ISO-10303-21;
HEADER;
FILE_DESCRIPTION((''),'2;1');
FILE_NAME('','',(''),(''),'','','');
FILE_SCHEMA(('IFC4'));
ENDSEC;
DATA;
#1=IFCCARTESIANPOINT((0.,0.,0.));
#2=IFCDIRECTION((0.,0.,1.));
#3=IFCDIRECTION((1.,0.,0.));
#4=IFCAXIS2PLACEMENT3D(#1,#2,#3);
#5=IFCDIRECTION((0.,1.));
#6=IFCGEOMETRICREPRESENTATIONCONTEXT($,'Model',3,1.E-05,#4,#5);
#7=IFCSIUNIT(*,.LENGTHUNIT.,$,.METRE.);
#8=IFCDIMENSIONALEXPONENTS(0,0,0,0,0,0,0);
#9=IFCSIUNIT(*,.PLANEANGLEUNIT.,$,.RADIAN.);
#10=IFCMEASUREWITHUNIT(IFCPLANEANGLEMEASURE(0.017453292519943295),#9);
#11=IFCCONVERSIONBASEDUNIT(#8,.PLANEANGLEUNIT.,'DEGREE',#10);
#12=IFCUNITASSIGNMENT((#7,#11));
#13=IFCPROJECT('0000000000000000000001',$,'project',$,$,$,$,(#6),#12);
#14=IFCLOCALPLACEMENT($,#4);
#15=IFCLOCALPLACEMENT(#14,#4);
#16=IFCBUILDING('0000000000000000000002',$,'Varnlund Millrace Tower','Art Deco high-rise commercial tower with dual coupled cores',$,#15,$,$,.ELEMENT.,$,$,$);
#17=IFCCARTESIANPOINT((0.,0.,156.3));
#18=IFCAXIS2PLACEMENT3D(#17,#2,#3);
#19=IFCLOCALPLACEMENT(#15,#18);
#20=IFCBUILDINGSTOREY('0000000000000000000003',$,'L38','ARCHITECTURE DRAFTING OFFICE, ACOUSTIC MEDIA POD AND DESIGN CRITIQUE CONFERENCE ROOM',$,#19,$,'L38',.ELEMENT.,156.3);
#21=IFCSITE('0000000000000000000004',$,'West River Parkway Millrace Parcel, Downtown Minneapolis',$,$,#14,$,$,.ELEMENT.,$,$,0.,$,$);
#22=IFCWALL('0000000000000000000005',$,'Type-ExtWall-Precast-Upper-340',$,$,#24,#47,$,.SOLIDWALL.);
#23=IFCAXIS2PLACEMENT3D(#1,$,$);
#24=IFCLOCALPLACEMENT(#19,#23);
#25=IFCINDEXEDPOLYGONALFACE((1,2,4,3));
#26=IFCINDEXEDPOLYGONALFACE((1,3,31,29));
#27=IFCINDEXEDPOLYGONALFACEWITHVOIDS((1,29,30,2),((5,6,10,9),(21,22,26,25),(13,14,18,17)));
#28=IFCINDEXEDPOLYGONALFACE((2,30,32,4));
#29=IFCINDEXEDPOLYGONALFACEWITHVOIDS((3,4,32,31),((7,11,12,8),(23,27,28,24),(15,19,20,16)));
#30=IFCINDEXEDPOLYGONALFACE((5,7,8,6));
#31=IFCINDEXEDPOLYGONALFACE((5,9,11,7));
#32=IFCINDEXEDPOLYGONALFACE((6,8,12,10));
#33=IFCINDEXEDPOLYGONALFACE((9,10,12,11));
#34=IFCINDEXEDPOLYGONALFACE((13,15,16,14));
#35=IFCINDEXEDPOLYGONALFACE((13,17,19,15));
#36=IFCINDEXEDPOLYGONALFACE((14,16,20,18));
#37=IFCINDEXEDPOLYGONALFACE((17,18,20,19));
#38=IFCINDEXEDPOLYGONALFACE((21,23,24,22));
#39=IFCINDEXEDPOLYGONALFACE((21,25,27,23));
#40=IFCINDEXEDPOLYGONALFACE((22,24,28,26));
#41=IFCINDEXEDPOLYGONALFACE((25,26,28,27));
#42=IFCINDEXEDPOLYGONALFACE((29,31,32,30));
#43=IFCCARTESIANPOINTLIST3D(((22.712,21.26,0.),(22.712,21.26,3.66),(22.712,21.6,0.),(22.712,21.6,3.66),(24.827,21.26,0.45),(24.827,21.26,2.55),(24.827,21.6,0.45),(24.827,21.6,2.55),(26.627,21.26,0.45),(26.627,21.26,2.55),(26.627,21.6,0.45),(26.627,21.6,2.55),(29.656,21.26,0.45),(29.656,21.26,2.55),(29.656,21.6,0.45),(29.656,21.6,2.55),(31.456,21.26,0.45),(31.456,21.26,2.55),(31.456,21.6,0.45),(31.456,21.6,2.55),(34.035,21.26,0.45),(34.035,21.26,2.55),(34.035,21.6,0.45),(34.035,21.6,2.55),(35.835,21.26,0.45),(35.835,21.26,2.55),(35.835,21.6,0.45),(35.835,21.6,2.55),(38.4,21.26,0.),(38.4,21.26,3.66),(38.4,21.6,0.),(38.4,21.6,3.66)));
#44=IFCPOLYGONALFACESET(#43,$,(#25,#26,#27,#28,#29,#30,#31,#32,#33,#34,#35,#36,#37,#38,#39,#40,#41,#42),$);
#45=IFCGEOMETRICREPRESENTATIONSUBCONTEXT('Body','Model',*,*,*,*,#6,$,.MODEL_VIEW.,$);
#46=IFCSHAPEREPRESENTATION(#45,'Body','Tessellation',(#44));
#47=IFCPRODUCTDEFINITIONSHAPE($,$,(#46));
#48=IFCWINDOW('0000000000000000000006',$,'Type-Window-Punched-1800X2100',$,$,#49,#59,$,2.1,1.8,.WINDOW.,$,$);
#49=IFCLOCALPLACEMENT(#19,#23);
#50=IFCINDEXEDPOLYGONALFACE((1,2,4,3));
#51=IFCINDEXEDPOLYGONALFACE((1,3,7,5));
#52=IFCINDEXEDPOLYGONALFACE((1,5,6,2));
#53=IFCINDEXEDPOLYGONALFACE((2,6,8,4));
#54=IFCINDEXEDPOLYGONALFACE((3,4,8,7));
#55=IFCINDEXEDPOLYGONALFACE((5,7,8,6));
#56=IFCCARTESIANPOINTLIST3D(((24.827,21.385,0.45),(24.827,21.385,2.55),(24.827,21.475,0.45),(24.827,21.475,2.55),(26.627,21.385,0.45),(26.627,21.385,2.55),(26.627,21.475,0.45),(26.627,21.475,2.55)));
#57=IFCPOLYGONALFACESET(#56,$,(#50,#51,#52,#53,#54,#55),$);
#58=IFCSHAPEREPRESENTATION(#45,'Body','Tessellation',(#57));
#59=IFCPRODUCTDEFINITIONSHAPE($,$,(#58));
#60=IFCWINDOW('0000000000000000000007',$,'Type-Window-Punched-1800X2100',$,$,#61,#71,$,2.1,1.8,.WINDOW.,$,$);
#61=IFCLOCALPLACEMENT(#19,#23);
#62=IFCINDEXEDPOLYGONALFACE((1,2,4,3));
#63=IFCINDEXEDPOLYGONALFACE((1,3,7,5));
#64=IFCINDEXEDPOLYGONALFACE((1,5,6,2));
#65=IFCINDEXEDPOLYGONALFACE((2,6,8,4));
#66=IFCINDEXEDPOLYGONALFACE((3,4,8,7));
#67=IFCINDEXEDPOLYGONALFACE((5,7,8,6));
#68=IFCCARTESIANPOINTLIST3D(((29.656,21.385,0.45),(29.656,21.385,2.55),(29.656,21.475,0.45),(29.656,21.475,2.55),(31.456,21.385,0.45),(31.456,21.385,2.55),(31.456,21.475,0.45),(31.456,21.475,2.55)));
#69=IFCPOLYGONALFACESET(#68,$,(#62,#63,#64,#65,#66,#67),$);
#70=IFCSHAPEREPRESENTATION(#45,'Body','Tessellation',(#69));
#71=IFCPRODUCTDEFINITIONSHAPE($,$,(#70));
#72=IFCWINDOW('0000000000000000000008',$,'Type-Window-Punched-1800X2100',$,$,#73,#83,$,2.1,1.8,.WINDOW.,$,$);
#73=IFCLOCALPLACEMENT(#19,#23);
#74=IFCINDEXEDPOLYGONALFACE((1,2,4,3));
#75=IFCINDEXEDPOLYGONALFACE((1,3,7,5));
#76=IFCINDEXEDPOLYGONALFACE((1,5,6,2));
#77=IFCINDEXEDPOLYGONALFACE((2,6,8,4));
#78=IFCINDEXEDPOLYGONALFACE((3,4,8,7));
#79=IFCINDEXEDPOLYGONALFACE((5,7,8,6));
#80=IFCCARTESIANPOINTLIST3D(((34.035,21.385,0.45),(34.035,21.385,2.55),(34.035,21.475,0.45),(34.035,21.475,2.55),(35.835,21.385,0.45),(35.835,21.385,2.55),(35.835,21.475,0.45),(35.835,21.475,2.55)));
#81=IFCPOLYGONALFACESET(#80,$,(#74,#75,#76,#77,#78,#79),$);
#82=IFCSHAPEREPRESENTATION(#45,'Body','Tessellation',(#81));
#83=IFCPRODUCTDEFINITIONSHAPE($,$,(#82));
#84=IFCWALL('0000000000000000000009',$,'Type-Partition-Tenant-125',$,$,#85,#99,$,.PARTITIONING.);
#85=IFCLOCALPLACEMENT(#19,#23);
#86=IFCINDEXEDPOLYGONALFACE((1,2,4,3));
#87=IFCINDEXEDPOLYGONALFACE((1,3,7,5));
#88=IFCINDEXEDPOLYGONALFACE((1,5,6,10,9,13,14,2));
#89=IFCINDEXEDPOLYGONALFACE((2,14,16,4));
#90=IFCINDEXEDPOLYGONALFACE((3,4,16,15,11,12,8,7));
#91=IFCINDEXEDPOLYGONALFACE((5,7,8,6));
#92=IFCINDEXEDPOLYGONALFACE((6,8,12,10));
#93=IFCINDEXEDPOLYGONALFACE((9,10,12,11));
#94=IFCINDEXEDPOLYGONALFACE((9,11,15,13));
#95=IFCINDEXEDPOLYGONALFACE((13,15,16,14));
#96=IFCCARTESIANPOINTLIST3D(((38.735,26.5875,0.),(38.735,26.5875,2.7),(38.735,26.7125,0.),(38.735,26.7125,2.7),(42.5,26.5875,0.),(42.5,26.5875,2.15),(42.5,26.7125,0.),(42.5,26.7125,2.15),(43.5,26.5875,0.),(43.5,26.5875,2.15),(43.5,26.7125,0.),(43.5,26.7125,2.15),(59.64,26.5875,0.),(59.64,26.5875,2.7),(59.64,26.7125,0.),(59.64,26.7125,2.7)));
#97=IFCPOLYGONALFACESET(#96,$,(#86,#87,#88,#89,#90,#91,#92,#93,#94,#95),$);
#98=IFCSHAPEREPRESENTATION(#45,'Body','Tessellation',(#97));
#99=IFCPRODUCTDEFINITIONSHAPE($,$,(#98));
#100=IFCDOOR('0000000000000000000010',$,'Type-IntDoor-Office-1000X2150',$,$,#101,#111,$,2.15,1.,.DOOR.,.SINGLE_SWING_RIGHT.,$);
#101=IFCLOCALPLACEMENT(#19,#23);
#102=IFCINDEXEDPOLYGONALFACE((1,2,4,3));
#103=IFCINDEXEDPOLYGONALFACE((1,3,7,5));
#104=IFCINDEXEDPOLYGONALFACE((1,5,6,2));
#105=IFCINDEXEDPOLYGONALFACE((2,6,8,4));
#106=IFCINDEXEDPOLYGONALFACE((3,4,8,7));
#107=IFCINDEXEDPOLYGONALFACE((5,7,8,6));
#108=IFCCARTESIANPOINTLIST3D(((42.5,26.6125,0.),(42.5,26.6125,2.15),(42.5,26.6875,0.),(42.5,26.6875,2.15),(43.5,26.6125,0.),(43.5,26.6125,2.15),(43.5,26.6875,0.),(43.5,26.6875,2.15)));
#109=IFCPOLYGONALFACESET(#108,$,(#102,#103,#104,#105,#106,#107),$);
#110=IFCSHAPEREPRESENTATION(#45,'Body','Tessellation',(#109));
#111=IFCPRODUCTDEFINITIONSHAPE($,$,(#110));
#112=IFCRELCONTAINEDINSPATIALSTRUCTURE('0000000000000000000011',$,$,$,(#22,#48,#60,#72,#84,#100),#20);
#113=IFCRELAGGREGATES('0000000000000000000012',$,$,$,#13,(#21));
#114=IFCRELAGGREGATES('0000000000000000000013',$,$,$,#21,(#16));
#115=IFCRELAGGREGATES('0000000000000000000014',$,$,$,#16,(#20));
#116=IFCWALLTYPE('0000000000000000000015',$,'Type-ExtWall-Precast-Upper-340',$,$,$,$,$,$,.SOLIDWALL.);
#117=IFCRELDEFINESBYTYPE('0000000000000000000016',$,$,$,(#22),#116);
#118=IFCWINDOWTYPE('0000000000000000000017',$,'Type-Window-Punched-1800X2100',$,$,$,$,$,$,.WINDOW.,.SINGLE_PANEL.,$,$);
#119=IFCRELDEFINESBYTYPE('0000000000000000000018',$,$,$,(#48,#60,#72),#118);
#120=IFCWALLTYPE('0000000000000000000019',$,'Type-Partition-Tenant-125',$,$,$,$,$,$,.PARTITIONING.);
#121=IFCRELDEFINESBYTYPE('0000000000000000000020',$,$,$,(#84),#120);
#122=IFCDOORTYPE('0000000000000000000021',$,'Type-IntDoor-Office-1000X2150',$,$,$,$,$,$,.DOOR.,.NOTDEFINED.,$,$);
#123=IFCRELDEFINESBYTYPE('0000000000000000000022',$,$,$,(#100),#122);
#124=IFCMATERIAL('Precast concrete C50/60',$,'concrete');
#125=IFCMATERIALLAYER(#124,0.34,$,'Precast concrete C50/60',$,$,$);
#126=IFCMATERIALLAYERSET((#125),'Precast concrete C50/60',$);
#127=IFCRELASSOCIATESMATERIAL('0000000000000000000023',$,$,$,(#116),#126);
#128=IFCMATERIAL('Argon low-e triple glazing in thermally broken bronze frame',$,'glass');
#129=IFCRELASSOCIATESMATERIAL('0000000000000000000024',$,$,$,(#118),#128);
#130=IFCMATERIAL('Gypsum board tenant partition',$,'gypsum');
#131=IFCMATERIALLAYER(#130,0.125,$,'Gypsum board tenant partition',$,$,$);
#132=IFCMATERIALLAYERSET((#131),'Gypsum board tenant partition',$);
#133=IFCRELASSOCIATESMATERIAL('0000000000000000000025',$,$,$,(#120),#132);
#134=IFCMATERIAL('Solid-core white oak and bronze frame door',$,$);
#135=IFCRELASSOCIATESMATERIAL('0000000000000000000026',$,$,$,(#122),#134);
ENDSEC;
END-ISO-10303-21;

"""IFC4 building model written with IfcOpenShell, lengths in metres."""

from ifc_helpers import new_model, entity, si_unit, converted_unit, direction, frame, origin_with_axes, origin_2d_with_axis, place, context, subcontext, project, spatial, polyline, rectangle, outline, extrude, material, layer, layer_set, type_object, element, fill, save


model = new_model("IFC4")

# Units and contexts
model_context = context("Model", 3, precision=1e-05, world=origin_with_axes(), true_north=direction((0.0, 1.0)))
body_context = subcontext(model_context, "Body", "Model", "MODEL_VIEW")
ifc_project = project(units=[si_unit("LENGTHUNIT", "METRE"), converted_unit("PLANEANGLEUNIT", "DEGREE", entity("IfcPlaneAngleMeasure", 0.017453292519943295), si_unit("PLANEANGLEUNIT", "RADIAN"), dimensions=[0, 0, 0, 0, 0, 0, 0])], contexts=[model_context])

# Site, building, storey
site_placement = place(None, origin_with_axes())
site = spatial("IfcSite", under=ifc_project, at=site_placement, Name="West River Parkway Millrace Parcel, Downtown Minneapolis", CompositionType="ELEMENT", RefElevation=0.0)
building_placement = place(site_placement, origin_with_axes())
building = spatial("IfcBuilding", under=site, at=building_placement, Name="Varnlund Millrace Tower", Description="Art Deco high-rise commercial tower with dual coupled cores", CompositionType="ELEMENT")
storey_placement = place(building_placement, frame((0.0, 0.0, 156.3), z_axis=(0.0, 0.0, 1.0), x_axis=(1.0, 0.0, 0.0)))
storey = spatial("IfcBuildingStorey", under=building, at=storey_placement, Name="L38", Description="ARCHITECTURE DRAFTING OFFICE, ACOUSTIC MEDIA POD AND DESIGN CRITIQUE CONFERENCE ROOM", LongName="L38", CompositionType="ELEMENT", Elevation=156.3)

# Shared definitions
ifc_material_1 = material(Name="Precast concrete C50/60", Category="concrete")
ifc_layer_1 = layer(ifc_material_1, 0.34, Name="Precast concrete C50/60")
ifc_layer_set_1 = layer_set([ifc_layer_1], Name="Precast concrete C50/60")
wall_type_1 = type_object("IfcWallType", Name="Type-ExtWall-Precast-Upper-340", PredefinedType="SOLIDWALL", material=ifc_layer_set_1)
ifc_material_2 = material(Name="Argon low-e triple glazing in thermally broken bronze frame", Category="glass")
window_type_1 = type_object("IfcWindowType", Name="Type-Window-Punched-1800X2100", PartitioningType="SINGLE_PANEL", PredefinedType="WINDOW", material=ifc_material_2)

# Wall, openings, windows
wall_1_placement = place(storey_placement, frame((22.712, 21.43, 0.0), z_axis=(0.0, 0.0, 1.0), x_axis=(1.0, 0.0, 0.0)))
wall_1 = element("IfcWall", 1, at=wall_1_placement, inside=storey, type_object=wall_type_1, Name="Type-ExtWall-Precast-Upper-340", PredefinedType="SOLIDWALL", context=body_context, shape_type="SweptSolid", body=[
    extrude(outline(polyline([(0.0, -0.17), (15.688, -0.17), (15.688, 0.17), (0.0, 0.17), (0.0, -0.17)])), origin_with_axes(), (0.0, 0.0, 1.0), 3.66),
])
opening_1_placement = place(wall_1_placement, frame((3.015, 0.0, 0.45), z_axis=(0.0, 0.0, 1.0), x_axis=(1.0, 0.0, 0.0)))
opening_1 = element("IfcOpeningElement", 2, at=opening_1_placement, cuts=wall_1, PredefinedType="OPENING", context=body_context, shape_type="SweptSolid", body=[
    extrude(rectangle(XDim=1.8, YDim=0.36, at=origin_2d_with_axis()), origin_with_axes(), (0.0, 0.0, 1.0), 2.1),
])
opening_2_placement = place(wall_1_placement, frame((7.844, 0.0, 0.45), z_axis=(0.0, 0.0, 1.0), x_axis=(1.0, 0.0, 0.0)))
opening_2 = element("IfcOpeningElement", 3, at=opening_2_placement, cuts=wall_1, PredefinedType="OPENING", context=body_context, shape_type="SweptSolid", body=[
    extrude(rectangle(XDim=1.8, YDim=0.36, at=origin_2d_with_axis()), origin_with_axes(), (0.0, 0.0, 1.0), 2.1),
])
opening_3_placement = place(wall_1_placement, frame((12.223, 0.0, 0.45), z_axis=(0.0, 0.0, 1.0), x_axis=(1.0, 0.0, 0.0)))
opening_3 = element("IfcOpeningElement", 4, at=opening_3_placement, cuts=wall_1, PredefinedType="OPENING", context=body_context, shape_type="SweptSolid", body=[
    extrude(rectangle(XDim=1.8, YDim=0.36, at=origin_2d_with_axis()), origin_with_axes(), (0.0, 0.0, 1.0), 2.1),
])
window_1_placement = place(wall_1_placement, frame((3.015, 0.0, 0.45), z_axis=(0.0, 0.0, 1.0), x_axis=(1.0, 0.0, 0.0)))
window_1 = element("IfcWindow", 5, at=window_1_placement, inside=storey, type_object=window_type_1, Name="Type-Window-Punched-1800X2100", OverallHeight=2.1, OverallWidth=1.8, PredefinedType="WINDOW", context=body_context, shape_type="SweptSolid", body=[
    extrude(rectangle(XDim=1.8, YDim=0.09, at=origin_2d_with_axis()), origin_with_axes(), (0.0, 0.0, 1.0), 2.1),
])
fill(opening_1, window_1)
window_2_placement = place(wall_1_placement, frame((7.844, 0.0, 0.45), z_axis=(0.0, 0.0, 1.0), x_axis=(1.0, 0.0, 0.0)))
window_2 = element("IfcWindow", 6, at=window_2_placement, inside=storey, type_object=window_type_1, Name="Type-Window-Punched-1800X2100", OverallHeight=2.1, OverallWidth=1.8, PredefinedType="WINDOW", context=body_context, shape_type="SweptSolid", body=[
    extrude(rectangle(XDim=1.8, YDim=0.09, at=origin_2d_with_axis()), origin_with_axes(), (0.0, 0.0, 1.0), 2.1),
])
fill(opening_2, window_2)
window_3_placement = place(wall_1_placement, frame((12.223, 0.0, 0.45), z_axis=(0.0, 0.0, 1.0), x_axis=(1.0, 0.0, 0.0)))
window_3 = element("IfcWindow", 7, at=window_3_placement, inside=storey, type_object=window_type_1, Name="Type-Window-Punched-1800X2100", OverallHeight=2.1, OverallWidth=1.8, PredefinedType="WINDOW", context=body_context, shape_type="SweptSolid", body=[
    extrude(rectangle(XDim=1.8, YDim=0.09, at=origin_2d_with_axis()), origin_with_axes(), (0.0, 0.0, 1.0), 2.1),
])
fill(opening_3, window_3)

# Wall, opening, door
ifc_material_3 = material(Name="Gypsum board tenant partition", Category="gypsum")
ifc_layer_2 = layer(ifc_material_3, 0.125, Name="Gypsum board tenant partition")
ifc_layer_set_2 = layer_set([ifc_layer_2], Name="Gypsum board tenant partition")
wall_type_2 = type_object("IfcWallType", Name="Type-Partition-Tenant-125", PredefinedType="PARTITIONING", material=ifc_layer_set_2)
wall_2_placement = place(storey_placement, frame((38.735, 26.65, 0.0), z_axis=(0.0, 0.0, 1.0), x_axis=(1.0, 0.0, 0.0)))
wall_2 = element("IfcWall", 8, at=wall_2_placement, inside=storey, type_object=wall_type_2, Name="Type-Partition-Tenant-125", PredefinedType="PARTITIONING", context=body_context, shape_type="SweptSolid", body=[
    extrude(outline(polyline([(0.0, -0.0625), (20.905, -0.0625), (20.905, 0.0625), (0.0, 0.0625), (0.0, -0.0625)])), origin_with_axes(), (0.0, 0.0, 1.0), 2.7),
])
opening_4_placement = place(wall_2_placement, frame((4.265, 0.0, 0.0), z_axis=(0.0, 0.0, 1.0), x_axis=(1.0, 0.0, 0.0)))
opening_4 = element("IfcOpeningElement", 9, at=opening_4_placement, cuts=wall_2, PredefinedType="OPENING", context=body_context, shape_type="SweptSolid", body=[
    extrude(rectangle(XDim=1.0, YDim=0.145, at=origin_2d_with_axis()), origin_with_axes(), (0.0, 0.0, 1.0), 2.15),
])
ifc_material_4 = material(Name="Solid-core white oak and bronze frame door")
door_type = type_object("IfcDoorType", Name="Type-IntDoor-Office-1000X2150", OperationType="NOTDEFINED", PredefinedType="DOOR", material=ifc_material_4)
door_placement = place(wall_2_placement, frame((4.265, 0.0, 0.0), z_axis=(0.0, 0.0, 1.0), x_axis=(1.0, 0.0, 0.0)))
door = element("IfcDoor", 10, at=door_placement, inside=storey, type_object=door_type, Name="Type-IntDoor-Office-1000X2150", OperationType="SINGLE_SWING_RIGHT", OverallHeight=2.15, OverallWidth=1.0, PredefinedType="DOOR", context=body_context, shape_type="SweptSolid", body=[
    extrude(rectangle(XDim=1.0, YDim=0.075, at=origin_2d_with_axis()), origin_with_axes(), (0.0, 0.0, 1.0), 2.15),
])
fill(opening_4, door)

save(model, "model.ifc")
